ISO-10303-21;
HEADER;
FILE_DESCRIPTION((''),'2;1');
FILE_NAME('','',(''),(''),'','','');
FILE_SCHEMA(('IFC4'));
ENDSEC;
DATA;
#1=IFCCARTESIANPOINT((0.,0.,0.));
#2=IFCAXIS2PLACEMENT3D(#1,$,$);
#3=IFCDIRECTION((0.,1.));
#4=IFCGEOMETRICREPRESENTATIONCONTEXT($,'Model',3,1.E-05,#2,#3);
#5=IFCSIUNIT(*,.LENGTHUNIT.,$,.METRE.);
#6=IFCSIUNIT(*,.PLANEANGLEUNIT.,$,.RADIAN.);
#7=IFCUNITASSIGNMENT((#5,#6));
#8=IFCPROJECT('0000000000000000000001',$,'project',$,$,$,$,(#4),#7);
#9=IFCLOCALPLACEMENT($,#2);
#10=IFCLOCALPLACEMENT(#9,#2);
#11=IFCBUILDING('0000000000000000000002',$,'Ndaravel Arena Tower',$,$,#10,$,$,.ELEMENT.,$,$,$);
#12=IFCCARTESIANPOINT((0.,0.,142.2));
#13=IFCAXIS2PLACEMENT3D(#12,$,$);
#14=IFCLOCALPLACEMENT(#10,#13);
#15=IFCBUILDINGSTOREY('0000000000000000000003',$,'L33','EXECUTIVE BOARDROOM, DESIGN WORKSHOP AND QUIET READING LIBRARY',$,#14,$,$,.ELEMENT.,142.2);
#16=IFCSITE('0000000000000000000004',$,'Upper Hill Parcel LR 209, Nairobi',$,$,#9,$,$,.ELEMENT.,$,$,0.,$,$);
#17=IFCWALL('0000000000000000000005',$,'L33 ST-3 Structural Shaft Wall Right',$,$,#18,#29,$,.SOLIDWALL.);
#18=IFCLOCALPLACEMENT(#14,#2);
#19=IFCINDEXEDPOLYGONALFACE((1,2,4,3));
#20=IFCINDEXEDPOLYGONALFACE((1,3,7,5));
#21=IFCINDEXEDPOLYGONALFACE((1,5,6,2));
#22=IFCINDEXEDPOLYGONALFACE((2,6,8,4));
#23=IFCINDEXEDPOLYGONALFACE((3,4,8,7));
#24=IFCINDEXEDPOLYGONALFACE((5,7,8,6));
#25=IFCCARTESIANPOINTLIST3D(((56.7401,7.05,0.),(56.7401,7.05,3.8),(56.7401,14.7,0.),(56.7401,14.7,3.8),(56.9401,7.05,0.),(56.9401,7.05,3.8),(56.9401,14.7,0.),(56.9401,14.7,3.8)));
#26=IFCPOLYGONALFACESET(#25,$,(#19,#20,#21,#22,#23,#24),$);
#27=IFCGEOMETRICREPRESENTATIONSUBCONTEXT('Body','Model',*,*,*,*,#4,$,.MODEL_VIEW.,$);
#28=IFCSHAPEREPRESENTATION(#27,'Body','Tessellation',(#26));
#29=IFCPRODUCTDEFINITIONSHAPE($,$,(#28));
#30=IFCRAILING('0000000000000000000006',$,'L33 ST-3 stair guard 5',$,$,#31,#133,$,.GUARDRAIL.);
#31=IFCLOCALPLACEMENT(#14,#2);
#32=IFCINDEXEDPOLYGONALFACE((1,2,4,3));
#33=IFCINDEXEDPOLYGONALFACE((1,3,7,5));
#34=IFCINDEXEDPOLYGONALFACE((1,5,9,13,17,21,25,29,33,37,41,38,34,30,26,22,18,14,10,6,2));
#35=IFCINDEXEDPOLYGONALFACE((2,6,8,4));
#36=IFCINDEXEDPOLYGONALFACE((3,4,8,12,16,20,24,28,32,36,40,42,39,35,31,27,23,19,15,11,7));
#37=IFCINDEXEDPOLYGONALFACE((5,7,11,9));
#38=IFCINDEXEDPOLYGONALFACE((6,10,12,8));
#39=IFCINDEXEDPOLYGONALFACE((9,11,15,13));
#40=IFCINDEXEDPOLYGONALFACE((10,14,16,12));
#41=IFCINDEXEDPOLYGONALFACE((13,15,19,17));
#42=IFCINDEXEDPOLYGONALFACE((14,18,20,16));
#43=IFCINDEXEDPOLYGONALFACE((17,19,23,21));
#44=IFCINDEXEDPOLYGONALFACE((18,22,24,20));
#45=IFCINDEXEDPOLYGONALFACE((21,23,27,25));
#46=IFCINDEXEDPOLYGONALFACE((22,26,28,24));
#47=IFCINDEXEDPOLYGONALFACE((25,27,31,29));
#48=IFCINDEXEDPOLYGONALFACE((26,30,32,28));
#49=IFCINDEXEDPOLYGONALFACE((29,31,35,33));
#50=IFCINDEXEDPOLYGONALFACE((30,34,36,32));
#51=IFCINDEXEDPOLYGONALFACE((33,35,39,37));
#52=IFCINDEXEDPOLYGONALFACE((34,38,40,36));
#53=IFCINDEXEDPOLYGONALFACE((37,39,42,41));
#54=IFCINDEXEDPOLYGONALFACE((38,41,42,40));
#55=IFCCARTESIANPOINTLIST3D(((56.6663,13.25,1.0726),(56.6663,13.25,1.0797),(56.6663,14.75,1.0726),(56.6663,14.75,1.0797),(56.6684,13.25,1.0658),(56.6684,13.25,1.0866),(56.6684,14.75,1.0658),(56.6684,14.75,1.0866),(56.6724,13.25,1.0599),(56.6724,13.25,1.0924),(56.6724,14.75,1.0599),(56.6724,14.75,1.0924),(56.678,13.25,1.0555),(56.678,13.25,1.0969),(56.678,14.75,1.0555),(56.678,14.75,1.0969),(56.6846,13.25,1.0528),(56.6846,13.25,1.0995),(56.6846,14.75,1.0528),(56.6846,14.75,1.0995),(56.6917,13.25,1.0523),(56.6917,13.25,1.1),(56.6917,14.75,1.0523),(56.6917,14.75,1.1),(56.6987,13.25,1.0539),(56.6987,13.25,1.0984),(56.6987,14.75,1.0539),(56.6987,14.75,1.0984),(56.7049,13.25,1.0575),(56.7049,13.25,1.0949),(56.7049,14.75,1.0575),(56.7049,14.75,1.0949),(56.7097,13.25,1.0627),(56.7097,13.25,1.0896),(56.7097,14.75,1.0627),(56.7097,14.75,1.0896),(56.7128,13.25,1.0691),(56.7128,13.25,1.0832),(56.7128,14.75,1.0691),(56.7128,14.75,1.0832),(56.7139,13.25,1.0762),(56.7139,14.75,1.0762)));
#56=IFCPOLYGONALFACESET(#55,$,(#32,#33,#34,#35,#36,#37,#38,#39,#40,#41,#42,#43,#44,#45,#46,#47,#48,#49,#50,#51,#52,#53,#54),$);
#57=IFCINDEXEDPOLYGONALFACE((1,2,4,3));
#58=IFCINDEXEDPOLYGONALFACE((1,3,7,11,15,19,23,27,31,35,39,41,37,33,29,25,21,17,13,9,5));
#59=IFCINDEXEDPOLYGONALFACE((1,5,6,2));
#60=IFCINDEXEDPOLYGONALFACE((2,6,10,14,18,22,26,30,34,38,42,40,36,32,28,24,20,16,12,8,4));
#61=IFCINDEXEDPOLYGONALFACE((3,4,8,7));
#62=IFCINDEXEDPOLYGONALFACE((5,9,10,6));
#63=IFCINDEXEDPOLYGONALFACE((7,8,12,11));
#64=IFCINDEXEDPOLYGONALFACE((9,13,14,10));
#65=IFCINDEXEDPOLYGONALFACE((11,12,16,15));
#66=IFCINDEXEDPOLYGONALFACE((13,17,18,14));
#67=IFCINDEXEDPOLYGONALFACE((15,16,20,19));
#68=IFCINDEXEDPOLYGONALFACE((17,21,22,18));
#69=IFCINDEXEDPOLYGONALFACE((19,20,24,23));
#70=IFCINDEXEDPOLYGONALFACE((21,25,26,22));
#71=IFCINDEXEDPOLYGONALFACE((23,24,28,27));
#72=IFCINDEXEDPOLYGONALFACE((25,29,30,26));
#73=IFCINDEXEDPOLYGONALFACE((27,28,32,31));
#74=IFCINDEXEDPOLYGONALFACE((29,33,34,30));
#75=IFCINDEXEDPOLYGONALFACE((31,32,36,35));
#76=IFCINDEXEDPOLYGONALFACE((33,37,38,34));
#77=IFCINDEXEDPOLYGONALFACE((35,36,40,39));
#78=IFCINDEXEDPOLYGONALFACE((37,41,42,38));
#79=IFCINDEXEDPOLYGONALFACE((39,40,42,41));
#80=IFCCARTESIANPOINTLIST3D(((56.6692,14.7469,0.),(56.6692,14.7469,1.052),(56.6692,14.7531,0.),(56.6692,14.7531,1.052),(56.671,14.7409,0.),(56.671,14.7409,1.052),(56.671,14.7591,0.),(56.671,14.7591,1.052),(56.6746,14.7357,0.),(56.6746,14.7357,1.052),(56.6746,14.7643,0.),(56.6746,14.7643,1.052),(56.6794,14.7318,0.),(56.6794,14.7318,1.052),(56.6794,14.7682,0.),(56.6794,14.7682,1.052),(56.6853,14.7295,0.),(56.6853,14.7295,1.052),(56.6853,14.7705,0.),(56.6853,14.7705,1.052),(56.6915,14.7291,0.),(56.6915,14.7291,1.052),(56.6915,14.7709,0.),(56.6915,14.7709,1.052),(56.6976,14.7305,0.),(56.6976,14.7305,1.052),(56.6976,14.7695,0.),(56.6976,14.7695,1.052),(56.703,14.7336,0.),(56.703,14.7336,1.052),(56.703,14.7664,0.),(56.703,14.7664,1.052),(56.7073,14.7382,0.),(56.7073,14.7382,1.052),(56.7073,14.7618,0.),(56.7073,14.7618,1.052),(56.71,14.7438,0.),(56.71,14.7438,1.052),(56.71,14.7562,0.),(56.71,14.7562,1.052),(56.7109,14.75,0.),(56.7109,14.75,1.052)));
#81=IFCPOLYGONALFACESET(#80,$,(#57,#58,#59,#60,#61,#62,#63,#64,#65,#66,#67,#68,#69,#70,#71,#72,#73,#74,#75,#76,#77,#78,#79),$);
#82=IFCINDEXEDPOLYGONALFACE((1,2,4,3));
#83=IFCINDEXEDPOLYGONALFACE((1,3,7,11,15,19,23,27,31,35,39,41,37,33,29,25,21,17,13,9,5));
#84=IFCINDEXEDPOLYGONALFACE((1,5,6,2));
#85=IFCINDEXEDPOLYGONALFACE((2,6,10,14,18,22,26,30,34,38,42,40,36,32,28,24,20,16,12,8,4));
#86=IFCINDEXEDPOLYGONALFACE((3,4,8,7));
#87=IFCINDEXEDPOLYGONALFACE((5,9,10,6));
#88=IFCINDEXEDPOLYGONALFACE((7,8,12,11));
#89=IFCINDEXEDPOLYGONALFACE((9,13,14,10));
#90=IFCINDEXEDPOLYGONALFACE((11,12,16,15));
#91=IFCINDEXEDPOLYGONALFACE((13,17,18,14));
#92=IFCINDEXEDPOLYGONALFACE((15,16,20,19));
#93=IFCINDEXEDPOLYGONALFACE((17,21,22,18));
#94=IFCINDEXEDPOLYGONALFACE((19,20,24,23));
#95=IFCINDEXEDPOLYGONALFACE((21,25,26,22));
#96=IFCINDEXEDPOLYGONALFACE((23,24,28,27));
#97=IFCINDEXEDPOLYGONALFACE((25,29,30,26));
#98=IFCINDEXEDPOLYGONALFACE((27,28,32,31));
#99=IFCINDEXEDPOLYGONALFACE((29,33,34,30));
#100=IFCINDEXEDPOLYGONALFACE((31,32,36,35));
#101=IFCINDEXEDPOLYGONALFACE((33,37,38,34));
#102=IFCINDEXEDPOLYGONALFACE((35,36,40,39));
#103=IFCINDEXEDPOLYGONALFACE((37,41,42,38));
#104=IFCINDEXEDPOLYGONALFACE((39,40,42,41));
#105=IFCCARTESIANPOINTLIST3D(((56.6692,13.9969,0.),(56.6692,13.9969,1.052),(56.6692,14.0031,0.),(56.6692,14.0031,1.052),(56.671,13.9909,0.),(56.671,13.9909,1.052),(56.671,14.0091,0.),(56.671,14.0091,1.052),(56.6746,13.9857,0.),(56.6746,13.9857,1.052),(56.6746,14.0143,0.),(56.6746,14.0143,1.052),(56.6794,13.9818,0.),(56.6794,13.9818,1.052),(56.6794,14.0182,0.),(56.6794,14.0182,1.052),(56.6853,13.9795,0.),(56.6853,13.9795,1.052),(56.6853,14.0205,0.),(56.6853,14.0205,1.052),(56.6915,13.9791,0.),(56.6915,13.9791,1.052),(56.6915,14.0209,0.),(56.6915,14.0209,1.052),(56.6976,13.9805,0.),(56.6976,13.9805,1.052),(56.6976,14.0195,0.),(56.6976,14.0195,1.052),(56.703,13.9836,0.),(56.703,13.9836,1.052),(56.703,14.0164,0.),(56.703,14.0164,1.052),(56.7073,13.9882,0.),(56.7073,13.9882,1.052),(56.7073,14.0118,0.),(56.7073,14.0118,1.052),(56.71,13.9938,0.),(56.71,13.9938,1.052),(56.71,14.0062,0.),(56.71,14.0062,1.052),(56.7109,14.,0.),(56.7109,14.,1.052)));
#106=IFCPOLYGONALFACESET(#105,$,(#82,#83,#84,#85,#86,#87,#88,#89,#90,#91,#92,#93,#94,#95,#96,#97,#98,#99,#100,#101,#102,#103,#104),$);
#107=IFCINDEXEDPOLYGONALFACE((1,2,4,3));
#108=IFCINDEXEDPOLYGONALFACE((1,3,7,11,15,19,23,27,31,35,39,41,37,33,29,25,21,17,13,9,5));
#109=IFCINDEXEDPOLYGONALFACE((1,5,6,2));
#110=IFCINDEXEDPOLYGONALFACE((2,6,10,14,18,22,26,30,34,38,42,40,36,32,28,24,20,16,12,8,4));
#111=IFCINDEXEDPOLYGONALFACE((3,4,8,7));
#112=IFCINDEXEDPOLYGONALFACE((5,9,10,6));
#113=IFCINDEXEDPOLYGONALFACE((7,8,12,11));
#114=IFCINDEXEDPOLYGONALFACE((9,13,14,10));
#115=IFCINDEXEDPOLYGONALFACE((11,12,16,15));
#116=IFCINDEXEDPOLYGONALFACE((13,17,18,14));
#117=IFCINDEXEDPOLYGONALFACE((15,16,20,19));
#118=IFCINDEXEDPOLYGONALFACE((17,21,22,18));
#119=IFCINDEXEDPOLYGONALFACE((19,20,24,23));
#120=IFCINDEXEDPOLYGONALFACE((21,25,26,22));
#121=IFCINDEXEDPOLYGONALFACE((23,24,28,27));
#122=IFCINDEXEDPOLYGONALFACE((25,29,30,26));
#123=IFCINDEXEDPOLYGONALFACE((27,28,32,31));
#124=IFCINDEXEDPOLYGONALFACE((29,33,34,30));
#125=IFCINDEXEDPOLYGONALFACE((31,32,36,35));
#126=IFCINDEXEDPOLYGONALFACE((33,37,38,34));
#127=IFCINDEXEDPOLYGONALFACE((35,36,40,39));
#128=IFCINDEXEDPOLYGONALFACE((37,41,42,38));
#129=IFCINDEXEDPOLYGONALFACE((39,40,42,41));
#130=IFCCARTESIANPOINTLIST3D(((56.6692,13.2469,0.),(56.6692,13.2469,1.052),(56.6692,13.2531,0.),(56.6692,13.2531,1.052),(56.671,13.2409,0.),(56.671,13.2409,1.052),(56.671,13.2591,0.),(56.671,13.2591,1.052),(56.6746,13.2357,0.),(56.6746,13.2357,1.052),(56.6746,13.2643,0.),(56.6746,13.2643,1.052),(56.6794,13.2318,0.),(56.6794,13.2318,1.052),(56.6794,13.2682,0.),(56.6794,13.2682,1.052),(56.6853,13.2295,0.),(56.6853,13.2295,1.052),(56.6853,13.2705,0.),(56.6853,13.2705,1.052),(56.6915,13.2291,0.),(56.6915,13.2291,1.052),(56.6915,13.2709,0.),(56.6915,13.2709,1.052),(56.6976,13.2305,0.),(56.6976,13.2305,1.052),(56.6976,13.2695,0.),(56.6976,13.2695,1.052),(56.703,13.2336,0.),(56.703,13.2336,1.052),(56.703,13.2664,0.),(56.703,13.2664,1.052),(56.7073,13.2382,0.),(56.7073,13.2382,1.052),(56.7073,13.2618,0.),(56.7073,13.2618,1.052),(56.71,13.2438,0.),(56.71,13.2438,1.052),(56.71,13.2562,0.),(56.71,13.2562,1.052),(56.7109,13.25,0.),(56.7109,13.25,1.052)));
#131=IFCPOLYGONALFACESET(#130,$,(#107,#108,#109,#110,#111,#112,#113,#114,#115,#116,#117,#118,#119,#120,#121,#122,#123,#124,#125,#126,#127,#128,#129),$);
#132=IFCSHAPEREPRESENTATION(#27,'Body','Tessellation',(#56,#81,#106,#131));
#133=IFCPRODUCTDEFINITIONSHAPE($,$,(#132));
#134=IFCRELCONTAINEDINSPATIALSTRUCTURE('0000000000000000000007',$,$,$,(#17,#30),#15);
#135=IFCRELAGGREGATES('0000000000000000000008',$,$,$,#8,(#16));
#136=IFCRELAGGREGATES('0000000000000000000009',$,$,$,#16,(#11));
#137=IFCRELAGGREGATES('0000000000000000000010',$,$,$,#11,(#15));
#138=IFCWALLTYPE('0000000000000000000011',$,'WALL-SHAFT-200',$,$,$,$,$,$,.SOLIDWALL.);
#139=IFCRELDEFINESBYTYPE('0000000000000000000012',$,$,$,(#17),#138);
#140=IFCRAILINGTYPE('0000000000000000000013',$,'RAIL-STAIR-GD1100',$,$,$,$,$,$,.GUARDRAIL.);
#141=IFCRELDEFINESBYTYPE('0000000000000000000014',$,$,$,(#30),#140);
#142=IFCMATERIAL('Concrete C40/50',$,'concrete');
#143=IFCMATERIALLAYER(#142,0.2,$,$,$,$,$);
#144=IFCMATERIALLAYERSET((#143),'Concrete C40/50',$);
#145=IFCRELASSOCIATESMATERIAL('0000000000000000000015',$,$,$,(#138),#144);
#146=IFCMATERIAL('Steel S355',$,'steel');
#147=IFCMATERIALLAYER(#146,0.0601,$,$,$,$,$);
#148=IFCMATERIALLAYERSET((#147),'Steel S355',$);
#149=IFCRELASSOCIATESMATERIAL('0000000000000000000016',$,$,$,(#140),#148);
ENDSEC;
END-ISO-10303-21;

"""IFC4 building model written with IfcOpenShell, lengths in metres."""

from ifc_helpers import new_model, si_unit, direction, frame, frame_2d, origin, origin_2d, place, context, subcontext, project, spatial, rectangle, circle, extrude, material, layer, layer_set, type_object, element, save


model = new_model("IFC4")

# Units and contexts
model_context = context("Model", 3, precision=1e-05, world=origin(), true_north=direction((0.0, 1.0)))
body_context = subcontext(model_context, "Body", "Model", "MODEL_VIEW")
ifc_project = project(units=[si_unit("LENGTHUNIT", "METRE"), si_unit("PLANEANGLEUNIT", "RADIAN")], contexts=[model_context])

# Site, building, storey
site_placement = place(None, origin())
site = spatial("IfcSite", under=ifc_project, at=site_placement, Name="Upper Hill Parcel LR 209, Nairobi", CompositionType="ELEMENT", RefElevation=0.0)
building_placement = place(site_placement, origin())
building = spatial("IfcBuilding", under=site, at=building_placement, Name="Ndaravel Arena Tower", CompositionType="ELEMENT")
storey_placement = place(building_placement, frame((0.0, 0.0, 142.2)))
storey = spatial("IfcBuildingStorey", under=building, at=storey_placement, Name="L33", Description="EXECUTIVE BOARDROOM, DESIGN WORKSHOP AND QUIET READING LIBRARY", CompositionType="ELEMENT", Elevation=142.2)

# Wall
ifc_material_1 = material(Name="Concrete C40/50", Category="concrete")
ifc_layer_1 = layer(ifc_material_1, 0.2)
ifc_layer_set_1 = layer_set([ifc_layer_1], Name="Concrete C40/50")
wall_type_1 = type_object("IfcWallType", Name="WALL-SHAFT-200", PredefinedType="SOLIDWALL", material=ifc_layer_set_1)
wall_1_placement = place(storey_placement, frame((56.8401, 14.7, 0.0), z_axis=(0.0, 0.0, 1.0), x_axis=(0.0, -1.0, 0.0)))
element("IfcWall", 1, at=wall_1_placement, inside=storey, type_object=wall_type_1, Name="L33 ST-3 Structural Shaft Wall Right", PredefinedType="SOLIDWALL", context=body_context, shape_type="SweptSolid", body=[
    extrude(rectangle(XDim=7.6499, YDim=0.2, at=frame_2d((3.825, 0.0))), origin(), (0.0, 0.0, 1.0), 3.8),
])

# Railing
ifc_material_2 = material(Name="Steel S355", Category="steel")
ifc_layer_2 = layer(ifc_material_2, 0.0601)
ifc_layer_set_2 = layer_set([ifc_layer_2], Name="Steel S355")
railing_type = type_object("IfcRailingType", Name="RAIL-STAIR-GD1100", PredefinedType="GUARDRAIL", material=ifc_layer_set_2)
railing_placement = place(storey_placement, frame((56.6899, 14.75, 0.0)))
element("IfcRailing", 2, at=railing_placement, inside=storey, type_object=railing_type, Name="L33 ST-3 stair guard 5", PredefinedType="GUARDRAIL", context=body_context, shape_type="SweptSolid", body=[
    extrude(circle(Radius=0.0239, at=origin_2d()), frame((0.0, 0.0, 1.0762), z_axis=(0.0, -1.0, 0.0), x_axis=(1.0, 0.0, 0.0)), (0.0, 0.0, 1.0), 1.5),
    extrude(circle(Radius=0.021, at=origin_2d()), origin(), (0.0, 0.0, 1.0), 1.052),
    extrude(circle(Radius=0.021, at=origin_2d()), frame((0.0, -0.75, 0.0)), (0.0, 0.0, 1.0), 1.052),
    extrude(circle(Radius=0.021, at=origin_2d()), frame((0.0, -1.5, 0.0)), (0.0, 0.0, 1.0), 1.052),
])

save(model, "model.ifc")
